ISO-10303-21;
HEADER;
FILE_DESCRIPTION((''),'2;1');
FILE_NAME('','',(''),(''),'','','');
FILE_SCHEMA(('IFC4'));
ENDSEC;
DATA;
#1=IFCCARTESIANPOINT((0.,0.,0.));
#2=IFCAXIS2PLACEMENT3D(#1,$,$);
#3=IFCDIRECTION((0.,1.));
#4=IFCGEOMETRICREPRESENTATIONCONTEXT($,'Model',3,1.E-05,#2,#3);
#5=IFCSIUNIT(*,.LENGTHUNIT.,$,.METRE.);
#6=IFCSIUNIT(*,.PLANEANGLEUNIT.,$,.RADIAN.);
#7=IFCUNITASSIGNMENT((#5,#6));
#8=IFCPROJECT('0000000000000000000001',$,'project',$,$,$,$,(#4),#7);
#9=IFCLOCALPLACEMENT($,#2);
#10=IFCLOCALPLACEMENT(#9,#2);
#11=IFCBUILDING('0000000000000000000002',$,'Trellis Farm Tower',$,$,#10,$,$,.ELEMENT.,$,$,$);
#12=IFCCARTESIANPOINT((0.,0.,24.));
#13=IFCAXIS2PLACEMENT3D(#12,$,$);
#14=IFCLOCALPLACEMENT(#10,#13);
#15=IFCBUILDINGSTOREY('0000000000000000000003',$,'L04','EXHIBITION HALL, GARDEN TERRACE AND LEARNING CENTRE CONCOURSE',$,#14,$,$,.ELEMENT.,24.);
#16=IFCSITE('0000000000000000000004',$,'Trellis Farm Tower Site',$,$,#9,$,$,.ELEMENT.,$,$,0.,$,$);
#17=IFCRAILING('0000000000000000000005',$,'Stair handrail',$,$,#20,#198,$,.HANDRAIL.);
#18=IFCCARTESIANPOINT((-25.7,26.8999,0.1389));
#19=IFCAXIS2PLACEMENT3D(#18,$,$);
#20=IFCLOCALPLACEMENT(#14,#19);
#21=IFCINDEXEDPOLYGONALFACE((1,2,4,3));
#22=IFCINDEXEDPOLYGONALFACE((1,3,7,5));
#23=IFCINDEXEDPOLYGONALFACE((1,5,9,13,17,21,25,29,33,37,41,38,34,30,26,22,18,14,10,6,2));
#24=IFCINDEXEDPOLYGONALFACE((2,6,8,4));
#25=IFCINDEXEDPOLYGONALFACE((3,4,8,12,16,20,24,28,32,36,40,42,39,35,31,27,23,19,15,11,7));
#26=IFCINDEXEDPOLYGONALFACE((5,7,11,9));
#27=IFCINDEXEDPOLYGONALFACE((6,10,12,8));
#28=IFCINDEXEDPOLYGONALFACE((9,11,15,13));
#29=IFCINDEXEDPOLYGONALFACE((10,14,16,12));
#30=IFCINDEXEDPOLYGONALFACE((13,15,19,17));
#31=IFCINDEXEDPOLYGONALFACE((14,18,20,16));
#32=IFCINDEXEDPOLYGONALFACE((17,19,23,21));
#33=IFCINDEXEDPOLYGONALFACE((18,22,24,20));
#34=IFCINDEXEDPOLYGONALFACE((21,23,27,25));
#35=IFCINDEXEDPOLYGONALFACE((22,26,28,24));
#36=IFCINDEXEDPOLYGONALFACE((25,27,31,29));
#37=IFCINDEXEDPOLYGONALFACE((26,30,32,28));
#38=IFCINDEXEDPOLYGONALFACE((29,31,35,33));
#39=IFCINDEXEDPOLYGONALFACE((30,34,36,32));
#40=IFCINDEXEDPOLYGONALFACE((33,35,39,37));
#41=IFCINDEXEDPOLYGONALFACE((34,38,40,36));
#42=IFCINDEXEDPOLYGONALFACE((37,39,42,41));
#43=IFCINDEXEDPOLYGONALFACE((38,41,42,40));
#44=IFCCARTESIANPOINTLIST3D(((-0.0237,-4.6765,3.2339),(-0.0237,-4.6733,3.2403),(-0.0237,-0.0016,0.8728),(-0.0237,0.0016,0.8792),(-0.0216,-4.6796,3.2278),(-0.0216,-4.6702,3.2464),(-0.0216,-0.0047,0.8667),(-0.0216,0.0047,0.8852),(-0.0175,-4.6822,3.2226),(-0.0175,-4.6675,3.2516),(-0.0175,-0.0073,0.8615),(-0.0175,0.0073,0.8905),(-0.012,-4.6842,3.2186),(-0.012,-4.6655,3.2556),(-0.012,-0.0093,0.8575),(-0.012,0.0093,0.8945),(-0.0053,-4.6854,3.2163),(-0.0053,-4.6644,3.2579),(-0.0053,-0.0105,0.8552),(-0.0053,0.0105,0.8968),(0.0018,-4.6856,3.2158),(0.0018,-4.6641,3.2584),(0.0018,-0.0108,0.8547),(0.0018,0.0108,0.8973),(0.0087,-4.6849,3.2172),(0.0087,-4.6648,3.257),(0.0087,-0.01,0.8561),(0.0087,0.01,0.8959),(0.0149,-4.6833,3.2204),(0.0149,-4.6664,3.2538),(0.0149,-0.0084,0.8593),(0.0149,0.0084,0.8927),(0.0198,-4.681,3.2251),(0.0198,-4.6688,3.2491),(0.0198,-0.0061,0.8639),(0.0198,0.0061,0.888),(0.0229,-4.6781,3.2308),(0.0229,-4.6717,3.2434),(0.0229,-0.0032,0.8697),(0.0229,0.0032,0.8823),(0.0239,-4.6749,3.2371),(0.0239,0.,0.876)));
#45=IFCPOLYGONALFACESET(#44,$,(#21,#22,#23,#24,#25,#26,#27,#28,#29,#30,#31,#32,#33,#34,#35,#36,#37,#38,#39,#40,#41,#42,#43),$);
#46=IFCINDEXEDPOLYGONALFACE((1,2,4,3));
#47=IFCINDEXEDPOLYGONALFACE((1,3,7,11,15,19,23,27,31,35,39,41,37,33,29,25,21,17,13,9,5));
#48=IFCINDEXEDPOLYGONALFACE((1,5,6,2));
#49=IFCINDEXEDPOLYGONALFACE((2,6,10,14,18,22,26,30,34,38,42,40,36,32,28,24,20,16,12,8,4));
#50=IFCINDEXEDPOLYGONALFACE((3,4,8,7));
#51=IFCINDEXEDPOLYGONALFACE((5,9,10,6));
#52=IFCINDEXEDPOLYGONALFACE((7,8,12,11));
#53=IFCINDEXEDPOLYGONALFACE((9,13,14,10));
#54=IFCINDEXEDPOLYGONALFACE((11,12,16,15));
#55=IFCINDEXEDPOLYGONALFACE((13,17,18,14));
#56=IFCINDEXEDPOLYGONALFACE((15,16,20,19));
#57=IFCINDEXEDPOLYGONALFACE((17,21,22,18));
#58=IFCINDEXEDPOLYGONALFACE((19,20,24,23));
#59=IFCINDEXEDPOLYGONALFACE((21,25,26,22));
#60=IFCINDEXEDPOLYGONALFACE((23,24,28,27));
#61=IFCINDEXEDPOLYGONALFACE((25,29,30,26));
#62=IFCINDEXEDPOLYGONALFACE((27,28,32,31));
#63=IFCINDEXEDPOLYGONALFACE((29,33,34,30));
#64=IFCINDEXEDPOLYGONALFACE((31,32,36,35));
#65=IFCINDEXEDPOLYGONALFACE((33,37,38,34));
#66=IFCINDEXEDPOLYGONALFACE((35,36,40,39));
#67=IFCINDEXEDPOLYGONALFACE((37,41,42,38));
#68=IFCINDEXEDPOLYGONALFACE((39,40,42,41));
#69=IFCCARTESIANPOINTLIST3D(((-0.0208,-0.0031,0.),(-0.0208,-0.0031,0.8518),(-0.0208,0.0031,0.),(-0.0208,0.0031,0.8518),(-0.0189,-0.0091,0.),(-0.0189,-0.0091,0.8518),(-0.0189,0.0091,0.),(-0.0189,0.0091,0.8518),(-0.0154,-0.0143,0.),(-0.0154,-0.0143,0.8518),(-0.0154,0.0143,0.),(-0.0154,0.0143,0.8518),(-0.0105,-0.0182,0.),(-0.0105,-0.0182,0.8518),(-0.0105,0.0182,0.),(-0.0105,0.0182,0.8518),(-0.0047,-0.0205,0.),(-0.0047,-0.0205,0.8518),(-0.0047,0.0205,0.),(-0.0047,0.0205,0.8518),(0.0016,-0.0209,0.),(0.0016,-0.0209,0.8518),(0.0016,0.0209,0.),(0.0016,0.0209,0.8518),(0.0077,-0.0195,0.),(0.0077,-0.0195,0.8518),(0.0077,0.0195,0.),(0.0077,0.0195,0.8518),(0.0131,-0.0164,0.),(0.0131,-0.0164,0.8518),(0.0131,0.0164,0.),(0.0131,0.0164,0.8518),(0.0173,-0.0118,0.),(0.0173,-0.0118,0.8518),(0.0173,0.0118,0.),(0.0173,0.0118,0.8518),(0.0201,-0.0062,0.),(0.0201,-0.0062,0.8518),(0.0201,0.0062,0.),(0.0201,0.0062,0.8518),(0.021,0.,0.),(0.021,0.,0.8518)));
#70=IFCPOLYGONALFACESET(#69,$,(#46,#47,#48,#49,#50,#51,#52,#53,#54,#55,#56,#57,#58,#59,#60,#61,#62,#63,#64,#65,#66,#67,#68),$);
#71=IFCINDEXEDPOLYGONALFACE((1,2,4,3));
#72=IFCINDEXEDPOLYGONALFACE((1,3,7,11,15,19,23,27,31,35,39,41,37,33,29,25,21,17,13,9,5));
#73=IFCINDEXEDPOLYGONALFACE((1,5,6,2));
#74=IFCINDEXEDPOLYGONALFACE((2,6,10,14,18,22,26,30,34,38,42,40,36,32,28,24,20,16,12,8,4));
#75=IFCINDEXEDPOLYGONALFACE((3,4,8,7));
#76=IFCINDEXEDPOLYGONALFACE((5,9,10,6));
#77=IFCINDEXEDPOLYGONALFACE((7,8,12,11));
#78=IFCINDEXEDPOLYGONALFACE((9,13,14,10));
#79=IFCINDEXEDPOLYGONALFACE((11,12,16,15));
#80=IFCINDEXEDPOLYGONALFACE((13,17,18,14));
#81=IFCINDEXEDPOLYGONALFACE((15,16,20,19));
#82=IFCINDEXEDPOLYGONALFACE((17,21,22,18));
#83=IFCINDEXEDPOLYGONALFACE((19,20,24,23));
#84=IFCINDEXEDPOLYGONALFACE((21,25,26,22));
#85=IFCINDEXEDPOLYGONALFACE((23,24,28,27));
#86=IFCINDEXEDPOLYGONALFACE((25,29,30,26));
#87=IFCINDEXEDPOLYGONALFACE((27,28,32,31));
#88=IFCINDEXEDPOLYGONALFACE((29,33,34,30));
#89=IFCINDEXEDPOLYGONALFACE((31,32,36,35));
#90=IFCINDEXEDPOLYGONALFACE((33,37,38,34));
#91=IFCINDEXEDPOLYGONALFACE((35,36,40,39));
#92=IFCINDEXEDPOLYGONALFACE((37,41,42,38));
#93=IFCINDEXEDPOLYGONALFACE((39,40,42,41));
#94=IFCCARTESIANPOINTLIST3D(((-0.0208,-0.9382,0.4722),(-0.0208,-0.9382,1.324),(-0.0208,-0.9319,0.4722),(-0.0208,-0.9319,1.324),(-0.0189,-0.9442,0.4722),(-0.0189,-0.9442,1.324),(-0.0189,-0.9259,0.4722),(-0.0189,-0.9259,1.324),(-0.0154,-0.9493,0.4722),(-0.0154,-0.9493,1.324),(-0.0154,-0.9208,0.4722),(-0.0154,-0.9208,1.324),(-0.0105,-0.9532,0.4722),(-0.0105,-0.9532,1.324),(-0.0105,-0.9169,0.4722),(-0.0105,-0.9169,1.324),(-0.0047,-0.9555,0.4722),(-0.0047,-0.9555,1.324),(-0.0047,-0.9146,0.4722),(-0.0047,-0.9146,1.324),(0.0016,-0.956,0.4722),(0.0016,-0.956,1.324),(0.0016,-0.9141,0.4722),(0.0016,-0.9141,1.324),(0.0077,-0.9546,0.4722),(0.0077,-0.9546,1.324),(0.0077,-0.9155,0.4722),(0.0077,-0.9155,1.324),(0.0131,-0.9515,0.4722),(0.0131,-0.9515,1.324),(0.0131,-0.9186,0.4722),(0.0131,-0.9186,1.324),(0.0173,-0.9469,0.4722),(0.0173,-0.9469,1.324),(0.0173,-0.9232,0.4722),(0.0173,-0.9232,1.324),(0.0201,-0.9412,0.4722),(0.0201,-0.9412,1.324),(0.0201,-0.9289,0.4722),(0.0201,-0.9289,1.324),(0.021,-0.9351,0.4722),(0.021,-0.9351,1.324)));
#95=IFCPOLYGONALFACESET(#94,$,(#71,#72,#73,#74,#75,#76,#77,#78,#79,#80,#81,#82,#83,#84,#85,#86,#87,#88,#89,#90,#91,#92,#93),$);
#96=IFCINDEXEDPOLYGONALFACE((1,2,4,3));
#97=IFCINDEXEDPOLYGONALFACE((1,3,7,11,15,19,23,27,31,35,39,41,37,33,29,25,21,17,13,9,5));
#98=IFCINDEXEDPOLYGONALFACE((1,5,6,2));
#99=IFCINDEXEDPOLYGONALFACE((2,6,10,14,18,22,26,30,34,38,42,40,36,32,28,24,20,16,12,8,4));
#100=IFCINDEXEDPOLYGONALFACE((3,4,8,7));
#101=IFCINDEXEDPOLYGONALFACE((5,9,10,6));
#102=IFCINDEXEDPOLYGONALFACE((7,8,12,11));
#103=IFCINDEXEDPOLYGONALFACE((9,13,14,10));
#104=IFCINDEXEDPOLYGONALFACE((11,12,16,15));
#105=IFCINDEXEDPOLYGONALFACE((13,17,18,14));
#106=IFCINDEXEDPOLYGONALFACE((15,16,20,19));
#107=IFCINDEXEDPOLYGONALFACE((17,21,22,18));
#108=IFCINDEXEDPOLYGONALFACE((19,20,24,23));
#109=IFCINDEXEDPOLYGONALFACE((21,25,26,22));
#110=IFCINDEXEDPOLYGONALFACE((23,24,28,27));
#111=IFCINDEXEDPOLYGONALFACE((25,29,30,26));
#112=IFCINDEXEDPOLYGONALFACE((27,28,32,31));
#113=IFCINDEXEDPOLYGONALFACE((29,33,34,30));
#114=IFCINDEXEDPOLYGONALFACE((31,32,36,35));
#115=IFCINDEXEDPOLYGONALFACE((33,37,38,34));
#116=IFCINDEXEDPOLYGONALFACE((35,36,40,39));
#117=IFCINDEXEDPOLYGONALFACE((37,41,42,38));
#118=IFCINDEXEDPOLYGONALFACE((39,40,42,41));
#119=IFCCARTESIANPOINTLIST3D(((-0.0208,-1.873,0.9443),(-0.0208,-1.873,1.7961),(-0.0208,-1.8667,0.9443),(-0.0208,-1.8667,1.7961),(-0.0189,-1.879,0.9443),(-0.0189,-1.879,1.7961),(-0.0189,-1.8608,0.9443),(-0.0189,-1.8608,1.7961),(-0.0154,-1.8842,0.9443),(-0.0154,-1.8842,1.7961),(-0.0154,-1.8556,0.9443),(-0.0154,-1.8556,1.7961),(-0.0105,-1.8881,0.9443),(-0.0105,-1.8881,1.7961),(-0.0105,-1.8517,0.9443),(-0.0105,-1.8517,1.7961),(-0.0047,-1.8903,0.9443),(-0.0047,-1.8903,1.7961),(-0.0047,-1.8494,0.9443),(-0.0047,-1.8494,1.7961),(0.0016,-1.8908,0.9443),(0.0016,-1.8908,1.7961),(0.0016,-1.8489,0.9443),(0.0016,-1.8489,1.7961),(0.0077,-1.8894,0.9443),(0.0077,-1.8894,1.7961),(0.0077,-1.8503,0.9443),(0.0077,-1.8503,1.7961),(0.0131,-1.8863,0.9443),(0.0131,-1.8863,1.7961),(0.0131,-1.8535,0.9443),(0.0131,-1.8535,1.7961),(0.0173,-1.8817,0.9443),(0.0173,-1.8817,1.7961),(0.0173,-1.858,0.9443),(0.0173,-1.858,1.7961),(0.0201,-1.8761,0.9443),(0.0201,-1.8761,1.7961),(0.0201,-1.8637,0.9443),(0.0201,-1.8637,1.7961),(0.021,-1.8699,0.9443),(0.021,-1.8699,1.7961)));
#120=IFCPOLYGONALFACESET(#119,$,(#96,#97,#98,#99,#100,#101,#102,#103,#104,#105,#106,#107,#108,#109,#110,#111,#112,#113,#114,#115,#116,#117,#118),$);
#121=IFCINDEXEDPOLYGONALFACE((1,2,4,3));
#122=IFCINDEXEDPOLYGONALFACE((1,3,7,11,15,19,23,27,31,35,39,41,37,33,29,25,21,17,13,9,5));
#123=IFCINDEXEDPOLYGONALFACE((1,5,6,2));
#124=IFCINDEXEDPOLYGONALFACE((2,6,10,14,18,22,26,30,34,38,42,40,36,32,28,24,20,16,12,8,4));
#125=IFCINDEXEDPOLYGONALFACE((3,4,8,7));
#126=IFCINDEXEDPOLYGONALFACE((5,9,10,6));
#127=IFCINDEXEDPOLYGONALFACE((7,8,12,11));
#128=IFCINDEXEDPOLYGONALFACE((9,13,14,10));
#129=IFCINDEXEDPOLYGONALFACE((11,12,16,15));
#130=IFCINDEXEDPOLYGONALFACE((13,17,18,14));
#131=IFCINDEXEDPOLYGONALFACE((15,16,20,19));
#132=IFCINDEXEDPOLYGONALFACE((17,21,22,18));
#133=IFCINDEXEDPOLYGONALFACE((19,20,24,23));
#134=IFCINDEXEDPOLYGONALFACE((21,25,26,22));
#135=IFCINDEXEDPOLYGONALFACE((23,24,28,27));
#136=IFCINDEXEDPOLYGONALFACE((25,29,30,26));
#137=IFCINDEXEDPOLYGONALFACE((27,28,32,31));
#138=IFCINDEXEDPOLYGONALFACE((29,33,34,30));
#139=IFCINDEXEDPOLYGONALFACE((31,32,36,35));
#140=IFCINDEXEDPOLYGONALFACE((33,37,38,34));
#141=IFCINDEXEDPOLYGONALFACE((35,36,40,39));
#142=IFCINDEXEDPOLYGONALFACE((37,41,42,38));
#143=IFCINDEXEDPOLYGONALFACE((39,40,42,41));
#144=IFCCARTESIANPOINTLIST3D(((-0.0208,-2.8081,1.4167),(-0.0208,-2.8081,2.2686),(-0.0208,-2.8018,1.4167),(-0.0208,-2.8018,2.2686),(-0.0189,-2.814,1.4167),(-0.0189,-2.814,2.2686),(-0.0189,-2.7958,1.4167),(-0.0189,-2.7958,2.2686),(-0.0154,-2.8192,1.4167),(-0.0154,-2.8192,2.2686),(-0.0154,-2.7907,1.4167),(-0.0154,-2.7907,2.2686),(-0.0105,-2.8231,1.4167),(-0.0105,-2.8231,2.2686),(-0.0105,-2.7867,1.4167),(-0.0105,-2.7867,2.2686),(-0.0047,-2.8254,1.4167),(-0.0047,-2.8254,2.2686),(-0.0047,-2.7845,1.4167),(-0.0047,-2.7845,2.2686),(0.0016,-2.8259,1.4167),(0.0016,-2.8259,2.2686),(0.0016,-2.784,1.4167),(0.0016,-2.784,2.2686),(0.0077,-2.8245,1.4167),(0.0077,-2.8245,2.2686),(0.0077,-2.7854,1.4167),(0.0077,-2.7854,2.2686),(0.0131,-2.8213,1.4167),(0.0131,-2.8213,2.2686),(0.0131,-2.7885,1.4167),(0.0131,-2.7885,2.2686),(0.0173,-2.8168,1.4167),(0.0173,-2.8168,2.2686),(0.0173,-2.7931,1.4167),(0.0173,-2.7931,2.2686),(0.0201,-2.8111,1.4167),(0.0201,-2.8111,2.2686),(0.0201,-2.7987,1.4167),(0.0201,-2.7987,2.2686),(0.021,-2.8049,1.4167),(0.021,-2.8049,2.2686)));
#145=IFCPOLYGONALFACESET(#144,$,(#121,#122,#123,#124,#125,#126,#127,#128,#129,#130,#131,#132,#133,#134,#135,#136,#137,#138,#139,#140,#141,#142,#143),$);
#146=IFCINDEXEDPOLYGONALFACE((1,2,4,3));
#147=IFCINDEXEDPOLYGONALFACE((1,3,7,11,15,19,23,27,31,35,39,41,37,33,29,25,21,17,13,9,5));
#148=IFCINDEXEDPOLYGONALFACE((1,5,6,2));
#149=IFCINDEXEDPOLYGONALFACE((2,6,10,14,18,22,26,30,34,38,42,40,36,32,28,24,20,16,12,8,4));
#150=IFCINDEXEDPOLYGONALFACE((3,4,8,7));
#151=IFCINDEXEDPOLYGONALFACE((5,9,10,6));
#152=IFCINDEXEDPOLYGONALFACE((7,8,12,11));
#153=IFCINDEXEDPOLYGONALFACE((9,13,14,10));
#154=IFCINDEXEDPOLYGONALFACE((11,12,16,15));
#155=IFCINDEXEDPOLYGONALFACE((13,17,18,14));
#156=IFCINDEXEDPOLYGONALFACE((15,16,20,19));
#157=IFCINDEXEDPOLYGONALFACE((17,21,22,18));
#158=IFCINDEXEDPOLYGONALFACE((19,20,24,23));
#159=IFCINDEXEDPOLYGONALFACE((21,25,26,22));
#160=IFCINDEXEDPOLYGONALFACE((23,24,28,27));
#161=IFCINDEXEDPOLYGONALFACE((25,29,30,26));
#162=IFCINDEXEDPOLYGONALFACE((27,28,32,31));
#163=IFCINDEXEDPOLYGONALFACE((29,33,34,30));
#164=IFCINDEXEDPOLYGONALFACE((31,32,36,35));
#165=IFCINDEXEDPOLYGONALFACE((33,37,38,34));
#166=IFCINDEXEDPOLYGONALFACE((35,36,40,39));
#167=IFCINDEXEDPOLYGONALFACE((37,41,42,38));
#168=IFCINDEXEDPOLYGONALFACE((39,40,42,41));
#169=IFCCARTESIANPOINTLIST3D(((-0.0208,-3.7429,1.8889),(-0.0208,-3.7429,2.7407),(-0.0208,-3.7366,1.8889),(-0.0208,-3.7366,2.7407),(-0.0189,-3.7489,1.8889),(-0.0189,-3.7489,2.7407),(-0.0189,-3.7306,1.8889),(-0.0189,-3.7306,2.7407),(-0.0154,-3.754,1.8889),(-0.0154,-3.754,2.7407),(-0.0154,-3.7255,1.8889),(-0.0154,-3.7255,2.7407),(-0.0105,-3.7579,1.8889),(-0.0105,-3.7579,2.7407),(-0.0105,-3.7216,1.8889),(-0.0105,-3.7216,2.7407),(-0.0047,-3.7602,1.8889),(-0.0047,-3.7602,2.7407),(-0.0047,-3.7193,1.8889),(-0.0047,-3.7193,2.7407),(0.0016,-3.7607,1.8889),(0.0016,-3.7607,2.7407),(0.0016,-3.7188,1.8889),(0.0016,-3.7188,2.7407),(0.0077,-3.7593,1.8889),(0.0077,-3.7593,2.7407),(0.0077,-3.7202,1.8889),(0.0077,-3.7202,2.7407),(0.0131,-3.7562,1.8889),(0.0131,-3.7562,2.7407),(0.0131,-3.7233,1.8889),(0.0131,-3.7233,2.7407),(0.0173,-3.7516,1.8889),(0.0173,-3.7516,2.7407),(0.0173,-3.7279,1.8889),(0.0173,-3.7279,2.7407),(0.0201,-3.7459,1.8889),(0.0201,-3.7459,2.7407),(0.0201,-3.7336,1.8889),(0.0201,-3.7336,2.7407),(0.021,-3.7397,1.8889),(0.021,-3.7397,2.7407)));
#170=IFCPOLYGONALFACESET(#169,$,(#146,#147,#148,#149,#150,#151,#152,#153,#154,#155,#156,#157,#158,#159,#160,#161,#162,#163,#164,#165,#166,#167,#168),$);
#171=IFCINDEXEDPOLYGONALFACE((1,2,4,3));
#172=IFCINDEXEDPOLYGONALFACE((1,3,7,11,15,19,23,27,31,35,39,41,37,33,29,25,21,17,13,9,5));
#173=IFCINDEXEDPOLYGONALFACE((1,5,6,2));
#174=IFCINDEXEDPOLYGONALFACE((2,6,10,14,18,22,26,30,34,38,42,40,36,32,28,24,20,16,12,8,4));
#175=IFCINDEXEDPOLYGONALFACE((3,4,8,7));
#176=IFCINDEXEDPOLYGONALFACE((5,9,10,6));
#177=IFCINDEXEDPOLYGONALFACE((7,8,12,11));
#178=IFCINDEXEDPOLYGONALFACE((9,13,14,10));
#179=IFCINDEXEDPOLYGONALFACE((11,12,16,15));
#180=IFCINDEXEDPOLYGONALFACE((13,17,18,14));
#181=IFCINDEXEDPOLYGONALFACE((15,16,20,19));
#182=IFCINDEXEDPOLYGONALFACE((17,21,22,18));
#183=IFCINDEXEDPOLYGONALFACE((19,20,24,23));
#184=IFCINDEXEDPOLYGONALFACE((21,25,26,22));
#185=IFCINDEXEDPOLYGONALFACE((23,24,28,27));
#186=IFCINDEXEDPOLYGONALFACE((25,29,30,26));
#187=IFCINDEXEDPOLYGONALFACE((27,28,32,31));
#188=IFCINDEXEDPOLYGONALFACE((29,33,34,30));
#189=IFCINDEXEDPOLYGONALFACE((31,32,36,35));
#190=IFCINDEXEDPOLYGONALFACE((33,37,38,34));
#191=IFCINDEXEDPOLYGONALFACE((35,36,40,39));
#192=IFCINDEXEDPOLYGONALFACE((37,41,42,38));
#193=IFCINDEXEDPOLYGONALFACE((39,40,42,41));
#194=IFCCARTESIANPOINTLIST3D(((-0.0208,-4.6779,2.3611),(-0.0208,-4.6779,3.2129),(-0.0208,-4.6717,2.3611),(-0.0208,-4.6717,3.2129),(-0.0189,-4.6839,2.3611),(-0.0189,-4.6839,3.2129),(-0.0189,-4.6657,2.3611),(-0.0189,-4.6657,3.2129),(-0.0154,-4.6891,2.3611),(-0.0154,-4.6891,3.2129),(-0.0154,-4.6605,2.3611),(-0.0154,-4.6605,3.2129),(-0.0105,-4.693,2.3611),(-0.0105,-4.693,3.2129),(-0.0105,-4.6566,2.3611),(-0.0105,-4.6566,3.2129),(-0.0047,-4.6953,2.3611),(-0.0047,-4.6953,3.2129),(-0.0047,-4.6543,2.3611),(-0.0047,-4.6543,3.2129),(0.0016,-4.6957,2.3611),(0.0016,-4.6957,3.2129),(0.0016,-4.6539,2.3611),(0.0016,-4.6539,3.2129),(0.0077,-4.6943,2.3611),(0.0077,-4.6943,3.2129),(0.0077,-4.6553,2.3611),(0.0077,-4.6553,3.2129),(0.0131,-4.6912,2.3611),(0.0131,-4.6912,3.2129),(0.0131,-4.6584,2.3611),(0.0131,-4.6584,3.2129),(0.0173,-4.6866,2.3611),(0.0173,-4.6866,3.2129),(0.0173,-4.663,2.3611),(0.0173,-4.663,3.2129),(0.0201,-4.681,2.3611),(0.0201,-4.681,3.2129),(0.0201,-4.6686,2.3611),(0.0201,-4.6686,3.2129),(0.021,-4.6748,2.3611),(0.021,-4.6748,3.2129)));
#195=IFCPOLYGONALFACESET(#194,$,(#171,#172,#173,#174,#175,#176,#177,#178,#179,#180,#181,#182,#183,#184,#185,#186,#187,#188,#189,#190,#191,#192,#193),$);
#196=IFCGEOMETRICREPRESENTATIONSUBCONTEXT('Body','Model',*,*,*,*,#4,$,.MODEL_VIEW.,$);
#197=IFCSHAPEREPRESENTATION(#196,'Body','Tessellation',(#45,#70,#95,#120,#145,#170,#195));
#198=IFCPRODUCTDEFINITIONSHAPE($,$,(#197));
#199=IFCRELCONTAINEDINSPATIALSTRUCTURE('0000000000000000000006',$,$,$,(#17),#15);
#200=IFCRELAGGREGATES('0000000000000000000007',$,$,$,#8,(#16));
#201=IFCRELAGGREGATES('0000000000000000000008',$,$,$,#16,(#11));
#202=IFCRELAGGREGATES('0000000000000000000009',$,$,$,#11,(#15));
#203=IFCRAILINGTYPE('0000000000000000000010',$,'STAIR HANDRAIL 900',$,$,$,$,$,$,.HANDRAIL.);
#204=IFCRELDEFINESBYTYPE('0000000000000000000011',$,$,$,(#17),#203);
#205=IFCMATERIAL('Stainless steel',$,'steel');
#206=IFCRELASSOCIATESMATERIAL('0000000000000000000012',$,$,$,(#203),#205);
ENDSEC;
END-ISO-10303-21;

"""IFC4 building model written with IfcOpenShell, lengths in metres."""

from ifc_helpers import new_model, si_unit, direction, frame, origin, origin_2d, place, context, subcontext, project, spatial, circle, extrude, source, transform, mapped, material, type_object, element, save


model = new_model("IFC4")

# Units and contexts
model_context = context("Model", 3, precision=1e-05, world=origin(), true_north=direction((0.0, 1.0)))
body_context = subcontext(model_context, "Body", "Model", "MODEL_VIEW")
ifc_project = project(units=[si_unit("LENGTHUNIT", "METRE"), si_unit("PLANEANGLEUNIT", "RADIAN")], contexts=[model_context])

# Site, building, storey
site_placement = place(None, origin())
site = spatial("IfcSite", under=ifc_project, at=site_placement, Name="Trellis Farm Tower Site", CompositionType="ELEMENT", RefElevation=0.0)
building_placement = place(site_placement, origin())
building = spatial("IfcBuilding", under=site, at=building_placement, Name="Trellis Farm Tower", CompositionType="ELEMENT")
storey_placement = place(building_placement, frame((0.0, 0.0, 24.0)))
storey = spatial("IfcBuildingStorey", under=building, at=storey_placement, Name="L04", Description="EXHIBITION HALL, GARDEN TERRACE AND LEARNING CENTRE CONCOURSE", CompositionType="ELEMENT", Elevation=24.0)

# Railing
ifc_material_1 = material(Name="Stainless steel", Category="steel")
railing_type = type_object("IfcRailingType", Name="STAIR HANDRAIL 900", PredefinedType="HANDRAIL", material=ifc_material_1)
shared_shape_1 = source(origin(), body_context, "Body", "SweptSolid", [
    extrude(circle(Radius=0.0239, at=origin_2d()), frame((0.0, 0.0, 0.876), z_axis=(0.0, -0.892611, 0.450827), x_axis=(1.0, 0.0, 0.0)), (0.0, 0.0, 1.0), 5.2373),
    extrude(circle(Radius=0.021, at=origin_2d()), origin(), (0.0, 0.0, 1.0), 0.8518),
    extrude(circle(Radius=0.021, at=origin_2d()), frame((0.0, -0.9351, 0.4722)), (0.0, 0.0, 1.0), 0.8518),
    extrude(circle(Radius=0.021, at=origin_2d()), frame((0.0, -1.8699, 0.9443)), (0.0, 0.0, 1.0), 0.8518),
    extrude(circle(Radius=0.021, at=origin_2d()), frame((0.0, -2.8049, 1.4167)), (0.0, 0.0, 1.0), 0.8518),
    extrude(circle(Radius=0.021, at=origin_2d()), frame((0.0, -3.7397, 1.8889)), (0.0, 0.0, 1.0), 0.8518),
    extrude(circle(Radius=0.021, at=origin_2d()), frame((0.0, -4.6748, 2.3611)), (0.0, 0.0, 1.0), 0.8518),
])
railing_placement = place(storey_placement, frame((-25.7, 26.8999, 0.1389)))
element("IfcRailing", 1, at=railing_placement, inside=storey, type_object=railing_type, Name="Stair handrail", PredefinedType="HANDRAIL", context=body_context, shape_type="MappedRepresentation", body=[
    mapped(shared_shape_1, transform((0.0, 0.0, 0.0))),
])

save(model, "model.ifc")
